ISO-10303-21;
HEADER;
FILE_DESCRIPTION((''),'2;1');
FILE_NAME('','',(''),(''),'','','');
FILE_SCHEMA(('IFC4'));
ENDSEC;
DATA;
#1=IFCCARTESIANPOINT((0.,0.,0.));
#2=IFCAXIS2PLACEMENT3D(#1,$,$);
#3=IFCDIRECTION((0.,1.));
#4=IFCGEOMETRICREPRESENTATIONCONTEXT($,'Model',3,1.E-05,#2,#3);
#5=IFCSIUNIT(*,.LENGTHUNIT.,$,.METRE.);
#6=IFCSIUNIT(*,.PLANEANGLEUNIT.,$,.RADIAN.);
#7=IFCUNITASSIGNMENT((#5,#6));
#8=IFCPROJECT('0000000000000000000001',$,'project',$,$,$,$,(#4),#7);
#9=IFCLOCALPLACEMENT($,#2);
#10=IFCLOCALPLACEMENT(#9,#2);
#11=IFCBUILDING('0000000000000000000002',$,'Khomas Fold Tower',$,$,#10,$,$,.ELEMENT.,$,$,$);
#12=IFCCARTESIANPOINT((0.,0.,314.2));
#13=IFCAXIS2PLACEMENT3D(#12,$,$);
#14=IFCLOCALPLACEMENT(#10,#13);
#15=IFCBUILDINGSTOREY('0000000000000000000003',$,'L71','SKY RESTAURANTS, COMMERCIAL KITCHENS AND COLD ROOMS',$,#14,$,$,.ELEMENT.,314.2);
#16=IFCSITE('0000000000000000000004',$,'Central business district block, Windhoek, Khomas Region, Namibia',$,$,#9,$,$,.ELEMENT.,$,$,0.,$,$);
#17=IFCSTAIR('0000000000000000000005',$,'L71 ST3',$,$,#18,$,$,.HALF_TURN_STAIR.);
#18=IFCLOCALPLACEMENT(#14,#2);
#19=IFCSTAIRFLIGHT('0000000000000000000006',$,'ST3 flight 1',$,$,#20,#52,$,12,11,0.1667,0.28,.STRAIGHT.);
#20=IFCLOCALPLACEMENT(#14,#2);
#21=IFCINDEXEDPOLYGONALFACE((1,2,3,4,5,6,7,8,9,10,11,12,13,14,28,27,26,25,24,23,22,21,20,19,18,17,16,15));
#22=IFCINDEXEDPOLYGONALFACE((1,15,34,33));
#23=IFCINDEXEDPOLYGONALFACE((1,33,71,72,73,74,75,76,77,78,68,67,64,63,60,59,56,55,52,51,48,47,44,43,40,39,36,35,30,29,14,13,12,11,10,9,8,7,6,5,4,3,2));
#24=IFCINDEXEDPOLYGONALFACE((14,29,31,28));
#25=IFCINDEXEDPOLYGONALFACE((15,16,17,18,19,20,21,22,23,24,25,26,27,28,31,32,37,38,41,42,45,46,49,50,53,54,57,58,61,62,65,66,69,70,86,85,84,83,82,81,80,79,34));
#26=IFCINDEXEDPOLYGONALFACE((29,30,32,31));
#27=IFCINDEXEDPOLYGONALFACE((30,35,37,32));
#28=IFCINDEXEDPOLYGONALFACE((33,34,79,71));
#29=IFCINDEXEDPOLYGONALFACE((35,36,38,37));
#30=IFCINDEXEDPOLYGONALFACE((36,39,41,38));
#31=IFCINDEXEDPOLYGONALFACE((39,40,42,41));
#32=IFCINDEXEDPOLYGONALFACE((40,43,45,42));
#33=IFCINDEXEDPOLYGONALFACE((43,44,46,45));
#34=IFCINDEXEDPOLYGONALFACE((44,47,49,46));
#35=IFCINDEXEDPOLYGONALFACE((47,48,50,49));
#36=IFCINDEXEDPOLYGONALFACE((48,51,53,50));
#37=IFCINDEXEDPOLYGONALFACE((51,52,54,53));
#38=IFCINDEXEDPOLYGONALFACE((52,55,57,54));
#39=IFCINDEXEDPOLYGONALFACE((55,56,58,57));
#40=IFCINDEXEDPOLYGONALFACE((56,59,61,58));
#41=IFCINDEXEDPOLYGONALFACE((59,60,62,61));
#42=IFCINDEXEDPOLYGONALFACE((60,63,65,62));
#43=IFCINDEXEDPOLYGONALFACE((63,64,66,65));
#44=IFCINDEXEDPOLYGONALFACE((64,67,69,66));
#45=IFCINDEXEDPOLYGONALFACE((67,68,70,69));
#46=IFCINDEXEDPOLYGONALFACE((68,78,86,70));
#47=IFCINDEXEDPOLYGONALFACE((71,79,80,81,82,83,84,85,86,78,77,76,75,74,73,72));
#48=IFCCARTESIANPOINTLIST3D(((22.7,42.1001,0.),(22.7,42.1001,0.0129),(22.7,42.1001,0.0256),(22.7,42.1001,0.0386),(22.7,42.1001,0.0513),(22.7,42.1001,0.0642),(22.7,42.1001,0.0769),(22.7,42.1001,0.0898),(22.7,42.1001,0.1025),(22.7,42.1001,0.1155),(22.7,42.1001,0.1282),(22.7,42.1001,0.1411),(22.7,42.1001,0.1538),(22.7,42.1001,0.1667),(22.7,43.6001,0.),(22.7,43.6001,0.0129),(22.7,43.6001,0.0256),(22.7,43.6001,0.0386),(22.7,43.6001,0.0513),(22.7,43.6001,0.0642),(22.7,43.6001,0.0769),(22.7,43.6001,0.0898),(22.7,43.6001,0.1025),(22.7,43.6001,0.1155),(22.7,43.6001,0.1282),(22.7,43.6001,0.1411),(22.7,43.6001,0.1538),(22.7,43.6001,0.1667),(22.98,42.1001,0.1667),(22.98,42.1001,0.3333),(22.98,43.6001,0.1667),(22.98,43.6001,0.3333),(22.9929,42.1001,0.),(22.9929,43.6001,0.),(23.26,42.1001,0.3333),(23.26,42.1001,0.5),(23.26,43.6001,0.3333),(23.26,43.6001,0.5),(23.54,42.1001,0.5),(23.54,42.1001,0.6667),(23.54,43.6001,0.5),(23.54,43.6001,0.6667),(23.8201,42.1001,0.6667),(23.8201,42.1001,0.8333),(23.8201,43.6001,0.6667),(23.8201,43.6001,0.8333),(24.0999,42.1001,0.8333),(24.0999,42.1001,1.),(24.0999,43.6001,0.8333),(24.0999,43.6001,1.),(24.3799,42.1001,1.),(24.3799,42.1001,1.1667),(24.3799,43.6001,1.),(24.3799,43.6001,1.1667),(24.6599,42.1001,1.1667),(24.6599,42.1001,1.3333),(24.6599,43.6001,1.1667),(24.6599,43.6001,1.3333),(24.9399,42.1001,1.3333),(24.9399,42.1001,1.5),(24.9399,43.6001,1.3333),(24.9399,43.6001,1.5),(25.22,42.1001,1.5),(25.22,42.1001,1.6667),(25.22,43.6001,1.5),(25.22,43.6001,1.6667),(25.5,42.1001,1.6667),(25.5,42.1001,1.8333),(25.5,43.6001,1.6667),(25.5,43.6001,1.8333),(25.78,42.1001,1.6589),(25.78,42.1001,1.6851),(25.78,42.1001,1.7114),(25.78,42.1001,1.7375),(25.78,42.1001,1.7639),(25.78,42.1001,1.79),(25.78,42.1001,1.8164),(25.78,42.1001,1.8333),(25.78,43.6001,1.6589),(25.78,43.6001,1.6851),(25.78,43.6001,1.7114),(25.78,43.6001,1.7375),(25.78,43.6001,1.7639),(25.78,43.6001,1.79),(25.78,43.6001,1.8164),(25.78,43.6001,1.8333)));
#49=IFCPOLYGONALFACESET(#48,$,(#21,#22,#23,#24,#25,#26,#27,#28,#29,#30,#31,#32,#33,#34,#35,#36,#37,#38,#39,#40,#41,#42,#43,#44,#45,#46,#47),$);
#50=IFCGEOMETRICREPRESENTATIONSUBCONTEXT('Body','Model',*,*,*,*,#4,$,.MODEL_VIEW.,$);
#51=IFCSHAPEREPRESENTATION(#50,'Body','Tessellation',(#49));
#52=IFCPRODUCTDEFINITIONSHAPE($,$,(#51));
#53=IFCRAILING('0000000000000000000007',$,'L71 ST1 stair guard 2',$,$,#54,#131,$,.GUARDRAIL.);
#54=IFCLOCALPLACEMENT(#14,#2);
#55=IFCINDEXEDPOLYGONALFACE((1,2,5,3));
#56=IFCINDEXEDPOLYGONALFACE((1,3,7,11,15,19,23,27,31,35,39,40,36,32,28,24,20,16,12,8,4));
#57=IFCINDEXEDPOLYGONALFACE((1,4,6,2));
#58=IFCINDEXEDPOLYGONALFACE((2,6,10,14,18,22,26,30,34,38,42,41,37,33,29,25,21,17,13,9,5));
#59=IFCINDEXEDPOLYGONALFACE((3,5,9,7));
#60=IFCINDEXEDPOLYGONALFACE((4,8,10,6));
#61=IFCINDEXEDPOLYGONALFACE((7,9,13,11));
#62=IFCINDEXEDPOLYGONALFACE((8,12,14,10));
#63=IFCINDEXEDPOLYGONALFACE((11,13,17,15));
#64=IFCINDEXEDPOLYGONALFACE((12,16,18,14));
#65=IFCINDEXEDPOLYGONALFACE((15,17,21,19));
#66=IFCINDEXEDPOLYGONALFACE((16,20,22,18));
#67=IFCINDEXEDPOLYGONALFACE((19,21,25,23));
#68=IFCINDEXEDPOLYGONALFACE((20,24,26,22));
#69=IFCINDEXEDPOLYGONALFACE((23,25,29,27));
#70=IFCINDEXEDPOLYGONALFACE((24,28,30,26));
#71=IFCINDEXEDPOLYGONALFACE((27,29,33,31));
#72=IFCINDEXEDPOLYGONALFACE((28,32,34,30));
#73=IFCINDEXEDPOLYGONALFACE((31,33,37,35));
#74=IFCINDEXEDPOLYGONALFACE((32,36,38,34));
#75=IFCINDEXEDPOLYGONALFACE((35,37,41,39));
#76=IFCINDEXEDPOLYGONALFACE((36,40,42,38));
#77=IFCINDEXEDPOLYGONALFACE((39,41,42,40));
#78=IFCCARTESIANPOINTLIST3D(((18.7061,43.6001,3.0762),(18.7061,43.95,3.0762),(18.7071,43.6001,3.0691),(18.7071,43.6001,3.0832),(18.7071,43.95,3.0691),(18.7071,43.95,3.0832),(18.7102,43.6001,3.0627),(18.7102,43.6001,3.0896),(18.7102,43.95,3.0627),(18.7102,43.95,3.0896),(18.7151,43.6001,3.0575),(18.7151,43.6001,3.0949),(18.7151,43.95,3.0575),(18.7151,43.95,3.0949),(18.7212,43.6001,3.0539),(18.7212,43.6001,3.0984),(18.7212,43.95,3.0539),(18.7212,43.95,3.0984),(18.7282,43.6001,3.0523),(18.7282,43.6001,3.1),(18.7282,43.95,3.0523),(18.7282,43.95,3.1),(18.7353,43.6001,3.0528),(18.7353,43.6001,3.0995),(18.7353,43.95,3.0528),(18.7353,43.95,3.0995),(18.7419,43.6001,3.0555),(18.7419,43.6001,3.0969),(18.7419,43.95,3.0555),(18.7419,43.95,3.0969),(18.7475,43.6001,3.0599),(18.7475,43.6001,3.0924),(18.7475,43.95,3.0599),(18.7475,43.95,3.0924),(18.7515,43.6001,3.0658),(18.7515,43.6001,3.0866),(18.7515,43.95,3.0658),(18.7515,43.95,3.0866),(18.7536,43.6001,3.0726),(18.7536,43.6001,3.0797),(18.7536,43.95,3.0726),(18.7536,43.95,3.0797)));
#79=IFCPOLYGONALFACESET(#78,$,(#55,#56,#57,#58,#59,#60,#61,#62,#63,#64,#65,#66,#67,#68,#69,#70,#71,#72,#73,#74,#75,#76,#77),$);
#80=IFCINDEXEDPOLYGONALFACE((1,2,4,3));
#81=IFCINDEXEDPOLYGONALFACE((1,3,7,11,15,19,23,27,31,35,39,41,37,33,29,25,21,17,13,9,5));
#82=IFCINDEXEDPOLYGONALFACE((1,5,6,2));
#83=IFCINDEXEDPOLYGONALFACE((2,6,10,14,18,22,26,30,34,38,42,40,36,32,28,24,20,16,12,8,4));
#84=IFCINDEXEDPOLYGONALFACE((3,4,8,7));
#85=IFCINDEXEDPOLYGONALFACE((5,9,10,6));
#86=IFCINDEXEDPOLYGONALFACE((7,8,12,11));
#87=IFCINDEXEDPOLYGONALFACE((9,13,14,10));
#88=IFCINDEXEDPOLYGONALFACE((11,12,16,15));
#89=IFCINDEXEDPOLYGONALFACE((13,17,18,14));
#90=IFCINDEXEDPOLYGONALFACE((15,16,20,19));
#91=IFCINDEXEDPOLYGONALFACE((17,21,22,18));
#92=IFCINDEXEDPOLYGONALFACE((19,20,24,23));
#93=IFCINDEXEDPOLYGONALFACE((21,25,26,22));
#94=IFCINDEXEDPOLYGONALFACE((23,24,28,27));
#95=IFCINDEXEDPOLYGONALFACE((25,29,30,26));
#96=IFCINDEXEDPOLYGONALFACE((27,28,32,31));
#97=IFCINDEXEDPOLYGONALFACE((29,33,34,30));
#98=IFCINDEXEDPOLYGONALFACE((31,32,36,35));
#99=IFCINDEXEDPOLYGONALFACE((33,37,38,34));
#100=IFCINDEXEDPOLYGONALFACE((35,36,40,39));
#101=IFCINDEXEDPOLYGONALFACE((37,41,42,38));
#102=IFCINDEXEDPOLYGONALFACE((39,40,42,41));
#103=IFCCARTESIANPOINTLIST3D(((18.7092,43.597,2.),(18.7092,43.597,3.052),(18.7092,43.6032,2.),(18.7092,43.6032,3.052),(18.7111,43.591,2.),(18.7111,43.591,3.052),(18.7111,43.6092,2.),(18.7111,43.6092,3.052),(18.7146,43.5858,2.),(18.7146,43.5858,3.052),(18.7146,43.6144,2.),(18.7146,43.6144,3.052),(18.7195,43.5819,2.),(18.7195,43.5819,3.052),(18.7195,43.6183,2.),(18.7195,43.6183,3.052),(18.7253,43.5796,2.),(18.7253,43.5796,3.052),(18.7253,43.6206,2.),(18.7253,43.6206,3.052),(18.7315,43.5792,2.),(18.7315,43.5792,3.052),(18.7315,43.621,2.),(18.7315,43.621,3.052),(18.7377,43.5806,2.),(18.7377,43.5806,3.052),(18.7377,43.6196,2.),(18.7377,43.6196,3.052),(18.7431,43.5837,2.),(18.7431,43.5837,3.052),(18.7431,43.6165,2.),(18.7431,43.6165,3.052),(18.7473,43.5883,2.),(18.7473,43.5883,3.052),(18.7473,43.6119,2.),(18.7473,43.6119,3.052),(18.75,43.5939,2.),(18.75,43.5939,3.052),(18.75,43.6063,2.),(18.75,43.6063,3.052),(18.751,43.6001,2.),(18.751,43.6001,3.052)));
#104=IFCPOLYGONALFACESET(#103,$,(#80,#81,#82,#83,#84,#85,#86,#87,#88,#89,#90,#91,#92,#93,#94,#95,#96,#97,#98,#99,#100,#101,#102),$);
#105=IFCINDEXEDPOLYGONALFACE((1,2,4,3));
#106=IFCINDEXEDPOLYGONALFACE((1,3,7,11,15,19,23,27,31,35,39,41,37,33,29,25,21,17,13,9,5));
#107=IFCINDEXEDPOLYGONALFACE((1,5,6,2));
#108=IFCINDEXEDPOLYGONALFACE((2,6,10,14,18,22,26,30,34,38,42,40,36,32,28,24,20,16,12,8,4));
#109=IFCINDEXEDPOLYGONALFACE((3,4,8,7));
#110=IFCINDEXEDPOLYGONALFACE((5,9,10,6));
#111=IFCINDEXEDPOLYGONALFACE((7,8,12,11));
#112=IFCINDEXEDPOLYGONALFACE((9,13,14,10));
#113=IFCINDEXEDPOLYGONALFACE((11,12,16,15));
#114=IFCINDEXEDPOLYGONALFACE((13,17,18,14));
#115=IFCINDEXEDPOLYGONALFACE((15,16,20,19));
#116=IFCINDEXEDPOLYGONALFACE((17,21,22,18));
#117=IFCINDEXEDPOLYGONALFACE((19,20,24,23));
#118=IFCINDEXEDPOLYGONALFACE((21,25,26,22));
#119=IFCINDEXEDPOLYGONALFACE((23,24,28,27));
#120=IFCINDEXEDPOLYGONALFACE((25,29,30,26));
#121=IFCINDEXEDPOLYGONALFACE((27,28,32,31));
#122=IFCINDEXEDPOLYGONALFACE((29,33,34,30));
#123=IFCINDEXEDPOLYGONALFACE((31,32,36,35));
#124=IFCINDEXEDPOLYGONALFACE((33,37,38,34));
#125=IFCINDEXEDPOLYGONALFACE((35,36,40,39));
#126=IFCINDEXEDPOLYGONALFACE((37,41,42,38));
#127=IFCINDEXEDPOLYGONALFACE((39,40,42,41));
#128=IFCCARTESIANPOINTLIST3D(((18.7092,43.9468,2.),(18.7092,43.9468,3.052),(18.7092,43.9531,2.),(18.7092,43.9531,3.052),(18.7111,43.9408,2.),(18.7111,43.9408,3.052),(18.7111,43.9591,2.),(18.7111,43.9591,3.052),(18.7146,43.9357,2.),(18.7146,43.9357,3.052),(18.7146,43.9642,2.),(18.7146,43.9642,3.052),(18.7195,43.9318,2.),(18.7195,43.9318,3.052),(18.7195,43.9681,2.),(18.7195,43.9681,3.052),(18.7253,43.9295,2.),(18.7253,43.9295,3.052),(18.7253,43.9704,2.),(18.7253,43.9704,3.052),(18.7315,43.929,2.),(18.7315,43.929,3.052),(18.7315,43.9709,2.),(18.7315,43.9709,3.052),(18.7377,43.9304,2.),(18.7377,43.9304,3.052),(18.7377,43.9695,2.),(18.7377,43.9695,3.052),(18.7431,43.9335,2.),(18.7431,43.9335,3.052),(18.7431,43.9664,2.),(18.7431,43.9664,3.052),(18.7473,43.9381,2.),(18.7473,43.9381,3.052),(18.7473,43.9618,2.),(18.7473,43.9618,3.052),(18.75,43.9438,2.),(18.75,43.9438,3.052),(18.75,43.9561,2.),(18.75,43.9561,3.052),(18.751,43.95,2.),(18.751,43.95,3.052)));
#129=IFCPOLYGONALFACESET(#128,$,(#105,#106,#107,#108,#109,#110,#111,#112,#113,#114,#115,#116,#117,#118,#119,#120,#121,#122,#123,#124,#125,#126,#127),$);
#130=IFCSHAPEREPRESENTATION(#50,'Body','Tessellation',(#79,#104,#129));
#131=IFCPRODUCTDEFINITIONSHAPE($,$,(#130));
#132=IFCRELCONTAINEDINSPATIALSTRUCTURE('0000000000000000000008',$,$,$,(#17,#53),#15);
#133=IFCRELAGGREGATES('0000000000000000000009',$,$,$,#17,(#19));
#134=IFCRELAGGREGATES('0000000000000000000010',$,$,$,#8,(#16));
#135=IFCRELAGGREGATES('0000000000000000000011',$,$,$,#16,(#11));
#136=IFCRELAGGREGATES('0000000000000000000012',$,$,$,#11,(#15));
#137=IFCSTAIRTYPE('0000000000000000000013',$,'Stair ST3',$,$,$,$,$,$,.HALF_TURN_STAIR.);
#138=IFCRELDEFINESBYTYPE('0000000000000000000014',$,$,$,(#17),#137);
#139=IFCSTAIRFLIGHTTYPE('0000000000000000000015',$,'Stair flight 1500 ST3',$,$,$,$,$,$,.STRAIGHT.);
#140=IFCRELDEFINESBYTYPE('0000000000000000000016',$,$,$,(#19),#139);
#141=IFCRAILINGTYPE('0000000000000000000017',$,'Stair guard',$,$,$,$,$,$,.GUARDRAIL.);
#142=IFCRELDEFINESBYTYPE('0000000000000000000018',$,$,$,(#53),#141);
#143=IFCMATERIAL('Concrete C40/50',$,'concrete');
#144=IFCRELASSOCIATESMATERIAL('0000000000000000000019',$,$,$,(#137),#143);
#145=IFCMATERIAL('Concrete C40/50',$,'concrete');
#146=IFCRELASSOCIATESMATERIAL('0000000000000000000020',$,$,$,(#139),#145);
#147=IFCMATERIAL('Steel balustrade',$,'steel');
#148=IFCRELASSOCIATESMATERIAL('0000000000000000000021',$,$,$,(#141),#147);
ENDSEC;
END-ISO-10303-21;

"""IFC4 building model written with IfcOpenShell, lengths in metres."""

from ifc_helpers import new_model, si_unit, direction, frame, origin, origin_2d, place, context, subcontext, project, spatial, polyline, circle, outline, extrude, source, transform, mapped, material, type_object, element, aggregate, save


model = new_model("IFC4")

# Units and contexts
model_context = context("Model", 3, precision=1e-05, world=origin(), true_north=direction((0.0, 1.0)))
body_context = subcontext(model_context, "Body", "Model", "MODEL_VIEW")
ifc_project = project(units=[si_unit("LENGTHUNIT", "METRE"), si_unit("PLANEANGLEUNIT", "RADIAN")], contexts=[model_context])

# Site, building, storey
site_placement = place(None, origin())
site = spatial("IfcSite", under=ifc_project, at=site_placement, Name="Central business district block, Windhoek, Khomas Region, Namibia", CompositionType="ELEMENT", RefElevation=0.0)
building_placement = place(site_placement, origin())
building = spatial("IfcBuilding", under=site, at=building_placement, Name="Khomas Fold Tower", CompositionType="ELEMENT")
storey_placement = place(building_placement, frame((0.0, 0.0, 314.2)))
storey = spatial("IfcBuildingStorey", under=building, at=storey_placement, Name="L71", Description="SKY RESTAURANTS, COMMERCIAL KITCHENS AND COLD ROOMS", CompositionType="ELEMENT", Elevation=314.2)

# Shared definitions
shared_shape_1 = source(origin(), body_context, "Body", "SweptSolid", [
    extrude(outline(polyline([(0.0, 0.0), (0.0, 0.0129), (0.0, 0.0256), (0.0, 0.0386), (0.0, 0.0513), (0.0, 0.0642), (0.0, 0.0769), (0.0, 0.0898), (0.0, 0.1025), (0.0, 0.1155), (0.0, 0.1282), (0.0, 0.1411), (0.0, 0.1538), (0.0, 0.1667), (0.28, 0.1667), (0.28, 0.3333), (0.5601, 0.3333), (0.5601, 0.5), (0.8401, 0.5), (0.8401, 0.6667), (1.1201, 0.6667), (1.1201, 0.8333), (1.3999, 0.8333), (1.3999, 1.0), (1.6799, 1.0), (1.6799, 1.1667), (1.96, 1.1667), (1.96, 1.3333), (2.24, 1.3333), (2.24, 1.5), (2.52, 1.5), (2.52, 1.6667), (2.8, 1.6667), (2.8, 1.8333), (3.0801, 1.8333), (3.0801, 2.0), (3.0801, 1.9739), (3.0801, 1.9475), (3.0801, 1.9214), (3.0801, 1.895), (3.0801, 1.8689), (3.0801, 1.8425), (3.0801, 1.8164), (3.0801, 1.79), (3.0801, 1.7639), (3.0801, 1.7375), (3.0801, 1.7114), (3.0801, 1.6851), (3.0801, 1.6589), (0.293, 0.0), (0.0, 0.0)])), frame((0.0, 0.75, 0.0), z_axis=(0.0, -1.0, 0.0), x_axis=(1.0, 0.0, 0.0)), (0.0, 0.0, 1.0), 1.5),
])

# Stair, stair flight
ifc_material_1 = material(Name="Concrete C40/50", Category="concrete")
stair_type_1 = type_object("IfcStairType", Name="Stair ST3", PredefinedType="HALF_TURN_STAIR", material=ifc_material_1)
stair_1_placement = place(storey_placement, origin())
stair_1 = element("IfcStair", 1, at=stair_1_placement, inside=storey, type_object=stair_type_1, Name="L71 ST3", PredefinedType="HALF_TURN_STAIR")
ifc_material_2 = material(Name="Concrete C40/50", Category="concrete")
stair_flight_type_1 = type_object("IfcStairFlightType", Name="Stair flight 1500 ST3", PredefinedType="STRAIGHT", material=ifc_material_2)
stair_flight_1_placement = place(storey_placement, frame((22.7, 42.8501, 0.0), z_axis=(0.0, 0.0, 1.0), x_axis=(1.0, 0.0, 0.0)))
stair_flight_1 = element("IfcStairFlight", 2, at=stair_flight_1_placement, type_object=stair_flight_type_1, Name="ST3 flight 1", NumberOfRisers=12, NumberOfTreads=11, PredefinedType="STRAIGHT", RiserHeight=0.1667, TreadLength=0.28, context=body_context, shape_type="MappedRepresentation", body=[
    mapped(shared_shape_1, transform((0.0, 0.0, 0.0))),
])
aggregate(stair_1, [stair_flight_1])

# Railing
ifc_material_3 = material(Name="Steel balustrade", Category="steel")
railing_type_1 = type_object("IfcRailingType", Name="Stair guard", PredefinedType="GUARDRAIL", material=ifc_material_3)
shared_shape_2 = source(origin(), body_context, "Body", "SweptSolid", [
    extrude(circle(Radius=0.0239, at=origin_2d()), frame((0.0, 0.0, 1.0762), z_axis=(0.0, 1.0, 0.0), x_axis=(-1.0, 0.0, 0.0)), (0.0, 0.0, 1.0), 0.3499),
    extrude(circle(Radius=0.021, at=origin_2d()), origin(), (0.0, 0.0, 1.0), 1.052),
    extrude(circle(Radius=0.021, at=origin_2d()), frame((0.0, 0.3499, 0.0)), (0.0, 0.0, 1.0), 1.052),
])
for number, where, name in (
    (3, (18.73, 43.6001, 2.0), "L71 ST1 stair guard 2"),
):
    element("IfcRailing", number, at=place(storey_placement, frame(where)), inside=storey, type_object=railing_type_1, Name=name, PredefinedType="GUARDRAIL", context=body_context, shape_type="MappedRepresentation", body=[
        mapped(shared_shape_2, transform((0.0, 0.0, 0.0))),
    ])

save(model, "model.ifc")
